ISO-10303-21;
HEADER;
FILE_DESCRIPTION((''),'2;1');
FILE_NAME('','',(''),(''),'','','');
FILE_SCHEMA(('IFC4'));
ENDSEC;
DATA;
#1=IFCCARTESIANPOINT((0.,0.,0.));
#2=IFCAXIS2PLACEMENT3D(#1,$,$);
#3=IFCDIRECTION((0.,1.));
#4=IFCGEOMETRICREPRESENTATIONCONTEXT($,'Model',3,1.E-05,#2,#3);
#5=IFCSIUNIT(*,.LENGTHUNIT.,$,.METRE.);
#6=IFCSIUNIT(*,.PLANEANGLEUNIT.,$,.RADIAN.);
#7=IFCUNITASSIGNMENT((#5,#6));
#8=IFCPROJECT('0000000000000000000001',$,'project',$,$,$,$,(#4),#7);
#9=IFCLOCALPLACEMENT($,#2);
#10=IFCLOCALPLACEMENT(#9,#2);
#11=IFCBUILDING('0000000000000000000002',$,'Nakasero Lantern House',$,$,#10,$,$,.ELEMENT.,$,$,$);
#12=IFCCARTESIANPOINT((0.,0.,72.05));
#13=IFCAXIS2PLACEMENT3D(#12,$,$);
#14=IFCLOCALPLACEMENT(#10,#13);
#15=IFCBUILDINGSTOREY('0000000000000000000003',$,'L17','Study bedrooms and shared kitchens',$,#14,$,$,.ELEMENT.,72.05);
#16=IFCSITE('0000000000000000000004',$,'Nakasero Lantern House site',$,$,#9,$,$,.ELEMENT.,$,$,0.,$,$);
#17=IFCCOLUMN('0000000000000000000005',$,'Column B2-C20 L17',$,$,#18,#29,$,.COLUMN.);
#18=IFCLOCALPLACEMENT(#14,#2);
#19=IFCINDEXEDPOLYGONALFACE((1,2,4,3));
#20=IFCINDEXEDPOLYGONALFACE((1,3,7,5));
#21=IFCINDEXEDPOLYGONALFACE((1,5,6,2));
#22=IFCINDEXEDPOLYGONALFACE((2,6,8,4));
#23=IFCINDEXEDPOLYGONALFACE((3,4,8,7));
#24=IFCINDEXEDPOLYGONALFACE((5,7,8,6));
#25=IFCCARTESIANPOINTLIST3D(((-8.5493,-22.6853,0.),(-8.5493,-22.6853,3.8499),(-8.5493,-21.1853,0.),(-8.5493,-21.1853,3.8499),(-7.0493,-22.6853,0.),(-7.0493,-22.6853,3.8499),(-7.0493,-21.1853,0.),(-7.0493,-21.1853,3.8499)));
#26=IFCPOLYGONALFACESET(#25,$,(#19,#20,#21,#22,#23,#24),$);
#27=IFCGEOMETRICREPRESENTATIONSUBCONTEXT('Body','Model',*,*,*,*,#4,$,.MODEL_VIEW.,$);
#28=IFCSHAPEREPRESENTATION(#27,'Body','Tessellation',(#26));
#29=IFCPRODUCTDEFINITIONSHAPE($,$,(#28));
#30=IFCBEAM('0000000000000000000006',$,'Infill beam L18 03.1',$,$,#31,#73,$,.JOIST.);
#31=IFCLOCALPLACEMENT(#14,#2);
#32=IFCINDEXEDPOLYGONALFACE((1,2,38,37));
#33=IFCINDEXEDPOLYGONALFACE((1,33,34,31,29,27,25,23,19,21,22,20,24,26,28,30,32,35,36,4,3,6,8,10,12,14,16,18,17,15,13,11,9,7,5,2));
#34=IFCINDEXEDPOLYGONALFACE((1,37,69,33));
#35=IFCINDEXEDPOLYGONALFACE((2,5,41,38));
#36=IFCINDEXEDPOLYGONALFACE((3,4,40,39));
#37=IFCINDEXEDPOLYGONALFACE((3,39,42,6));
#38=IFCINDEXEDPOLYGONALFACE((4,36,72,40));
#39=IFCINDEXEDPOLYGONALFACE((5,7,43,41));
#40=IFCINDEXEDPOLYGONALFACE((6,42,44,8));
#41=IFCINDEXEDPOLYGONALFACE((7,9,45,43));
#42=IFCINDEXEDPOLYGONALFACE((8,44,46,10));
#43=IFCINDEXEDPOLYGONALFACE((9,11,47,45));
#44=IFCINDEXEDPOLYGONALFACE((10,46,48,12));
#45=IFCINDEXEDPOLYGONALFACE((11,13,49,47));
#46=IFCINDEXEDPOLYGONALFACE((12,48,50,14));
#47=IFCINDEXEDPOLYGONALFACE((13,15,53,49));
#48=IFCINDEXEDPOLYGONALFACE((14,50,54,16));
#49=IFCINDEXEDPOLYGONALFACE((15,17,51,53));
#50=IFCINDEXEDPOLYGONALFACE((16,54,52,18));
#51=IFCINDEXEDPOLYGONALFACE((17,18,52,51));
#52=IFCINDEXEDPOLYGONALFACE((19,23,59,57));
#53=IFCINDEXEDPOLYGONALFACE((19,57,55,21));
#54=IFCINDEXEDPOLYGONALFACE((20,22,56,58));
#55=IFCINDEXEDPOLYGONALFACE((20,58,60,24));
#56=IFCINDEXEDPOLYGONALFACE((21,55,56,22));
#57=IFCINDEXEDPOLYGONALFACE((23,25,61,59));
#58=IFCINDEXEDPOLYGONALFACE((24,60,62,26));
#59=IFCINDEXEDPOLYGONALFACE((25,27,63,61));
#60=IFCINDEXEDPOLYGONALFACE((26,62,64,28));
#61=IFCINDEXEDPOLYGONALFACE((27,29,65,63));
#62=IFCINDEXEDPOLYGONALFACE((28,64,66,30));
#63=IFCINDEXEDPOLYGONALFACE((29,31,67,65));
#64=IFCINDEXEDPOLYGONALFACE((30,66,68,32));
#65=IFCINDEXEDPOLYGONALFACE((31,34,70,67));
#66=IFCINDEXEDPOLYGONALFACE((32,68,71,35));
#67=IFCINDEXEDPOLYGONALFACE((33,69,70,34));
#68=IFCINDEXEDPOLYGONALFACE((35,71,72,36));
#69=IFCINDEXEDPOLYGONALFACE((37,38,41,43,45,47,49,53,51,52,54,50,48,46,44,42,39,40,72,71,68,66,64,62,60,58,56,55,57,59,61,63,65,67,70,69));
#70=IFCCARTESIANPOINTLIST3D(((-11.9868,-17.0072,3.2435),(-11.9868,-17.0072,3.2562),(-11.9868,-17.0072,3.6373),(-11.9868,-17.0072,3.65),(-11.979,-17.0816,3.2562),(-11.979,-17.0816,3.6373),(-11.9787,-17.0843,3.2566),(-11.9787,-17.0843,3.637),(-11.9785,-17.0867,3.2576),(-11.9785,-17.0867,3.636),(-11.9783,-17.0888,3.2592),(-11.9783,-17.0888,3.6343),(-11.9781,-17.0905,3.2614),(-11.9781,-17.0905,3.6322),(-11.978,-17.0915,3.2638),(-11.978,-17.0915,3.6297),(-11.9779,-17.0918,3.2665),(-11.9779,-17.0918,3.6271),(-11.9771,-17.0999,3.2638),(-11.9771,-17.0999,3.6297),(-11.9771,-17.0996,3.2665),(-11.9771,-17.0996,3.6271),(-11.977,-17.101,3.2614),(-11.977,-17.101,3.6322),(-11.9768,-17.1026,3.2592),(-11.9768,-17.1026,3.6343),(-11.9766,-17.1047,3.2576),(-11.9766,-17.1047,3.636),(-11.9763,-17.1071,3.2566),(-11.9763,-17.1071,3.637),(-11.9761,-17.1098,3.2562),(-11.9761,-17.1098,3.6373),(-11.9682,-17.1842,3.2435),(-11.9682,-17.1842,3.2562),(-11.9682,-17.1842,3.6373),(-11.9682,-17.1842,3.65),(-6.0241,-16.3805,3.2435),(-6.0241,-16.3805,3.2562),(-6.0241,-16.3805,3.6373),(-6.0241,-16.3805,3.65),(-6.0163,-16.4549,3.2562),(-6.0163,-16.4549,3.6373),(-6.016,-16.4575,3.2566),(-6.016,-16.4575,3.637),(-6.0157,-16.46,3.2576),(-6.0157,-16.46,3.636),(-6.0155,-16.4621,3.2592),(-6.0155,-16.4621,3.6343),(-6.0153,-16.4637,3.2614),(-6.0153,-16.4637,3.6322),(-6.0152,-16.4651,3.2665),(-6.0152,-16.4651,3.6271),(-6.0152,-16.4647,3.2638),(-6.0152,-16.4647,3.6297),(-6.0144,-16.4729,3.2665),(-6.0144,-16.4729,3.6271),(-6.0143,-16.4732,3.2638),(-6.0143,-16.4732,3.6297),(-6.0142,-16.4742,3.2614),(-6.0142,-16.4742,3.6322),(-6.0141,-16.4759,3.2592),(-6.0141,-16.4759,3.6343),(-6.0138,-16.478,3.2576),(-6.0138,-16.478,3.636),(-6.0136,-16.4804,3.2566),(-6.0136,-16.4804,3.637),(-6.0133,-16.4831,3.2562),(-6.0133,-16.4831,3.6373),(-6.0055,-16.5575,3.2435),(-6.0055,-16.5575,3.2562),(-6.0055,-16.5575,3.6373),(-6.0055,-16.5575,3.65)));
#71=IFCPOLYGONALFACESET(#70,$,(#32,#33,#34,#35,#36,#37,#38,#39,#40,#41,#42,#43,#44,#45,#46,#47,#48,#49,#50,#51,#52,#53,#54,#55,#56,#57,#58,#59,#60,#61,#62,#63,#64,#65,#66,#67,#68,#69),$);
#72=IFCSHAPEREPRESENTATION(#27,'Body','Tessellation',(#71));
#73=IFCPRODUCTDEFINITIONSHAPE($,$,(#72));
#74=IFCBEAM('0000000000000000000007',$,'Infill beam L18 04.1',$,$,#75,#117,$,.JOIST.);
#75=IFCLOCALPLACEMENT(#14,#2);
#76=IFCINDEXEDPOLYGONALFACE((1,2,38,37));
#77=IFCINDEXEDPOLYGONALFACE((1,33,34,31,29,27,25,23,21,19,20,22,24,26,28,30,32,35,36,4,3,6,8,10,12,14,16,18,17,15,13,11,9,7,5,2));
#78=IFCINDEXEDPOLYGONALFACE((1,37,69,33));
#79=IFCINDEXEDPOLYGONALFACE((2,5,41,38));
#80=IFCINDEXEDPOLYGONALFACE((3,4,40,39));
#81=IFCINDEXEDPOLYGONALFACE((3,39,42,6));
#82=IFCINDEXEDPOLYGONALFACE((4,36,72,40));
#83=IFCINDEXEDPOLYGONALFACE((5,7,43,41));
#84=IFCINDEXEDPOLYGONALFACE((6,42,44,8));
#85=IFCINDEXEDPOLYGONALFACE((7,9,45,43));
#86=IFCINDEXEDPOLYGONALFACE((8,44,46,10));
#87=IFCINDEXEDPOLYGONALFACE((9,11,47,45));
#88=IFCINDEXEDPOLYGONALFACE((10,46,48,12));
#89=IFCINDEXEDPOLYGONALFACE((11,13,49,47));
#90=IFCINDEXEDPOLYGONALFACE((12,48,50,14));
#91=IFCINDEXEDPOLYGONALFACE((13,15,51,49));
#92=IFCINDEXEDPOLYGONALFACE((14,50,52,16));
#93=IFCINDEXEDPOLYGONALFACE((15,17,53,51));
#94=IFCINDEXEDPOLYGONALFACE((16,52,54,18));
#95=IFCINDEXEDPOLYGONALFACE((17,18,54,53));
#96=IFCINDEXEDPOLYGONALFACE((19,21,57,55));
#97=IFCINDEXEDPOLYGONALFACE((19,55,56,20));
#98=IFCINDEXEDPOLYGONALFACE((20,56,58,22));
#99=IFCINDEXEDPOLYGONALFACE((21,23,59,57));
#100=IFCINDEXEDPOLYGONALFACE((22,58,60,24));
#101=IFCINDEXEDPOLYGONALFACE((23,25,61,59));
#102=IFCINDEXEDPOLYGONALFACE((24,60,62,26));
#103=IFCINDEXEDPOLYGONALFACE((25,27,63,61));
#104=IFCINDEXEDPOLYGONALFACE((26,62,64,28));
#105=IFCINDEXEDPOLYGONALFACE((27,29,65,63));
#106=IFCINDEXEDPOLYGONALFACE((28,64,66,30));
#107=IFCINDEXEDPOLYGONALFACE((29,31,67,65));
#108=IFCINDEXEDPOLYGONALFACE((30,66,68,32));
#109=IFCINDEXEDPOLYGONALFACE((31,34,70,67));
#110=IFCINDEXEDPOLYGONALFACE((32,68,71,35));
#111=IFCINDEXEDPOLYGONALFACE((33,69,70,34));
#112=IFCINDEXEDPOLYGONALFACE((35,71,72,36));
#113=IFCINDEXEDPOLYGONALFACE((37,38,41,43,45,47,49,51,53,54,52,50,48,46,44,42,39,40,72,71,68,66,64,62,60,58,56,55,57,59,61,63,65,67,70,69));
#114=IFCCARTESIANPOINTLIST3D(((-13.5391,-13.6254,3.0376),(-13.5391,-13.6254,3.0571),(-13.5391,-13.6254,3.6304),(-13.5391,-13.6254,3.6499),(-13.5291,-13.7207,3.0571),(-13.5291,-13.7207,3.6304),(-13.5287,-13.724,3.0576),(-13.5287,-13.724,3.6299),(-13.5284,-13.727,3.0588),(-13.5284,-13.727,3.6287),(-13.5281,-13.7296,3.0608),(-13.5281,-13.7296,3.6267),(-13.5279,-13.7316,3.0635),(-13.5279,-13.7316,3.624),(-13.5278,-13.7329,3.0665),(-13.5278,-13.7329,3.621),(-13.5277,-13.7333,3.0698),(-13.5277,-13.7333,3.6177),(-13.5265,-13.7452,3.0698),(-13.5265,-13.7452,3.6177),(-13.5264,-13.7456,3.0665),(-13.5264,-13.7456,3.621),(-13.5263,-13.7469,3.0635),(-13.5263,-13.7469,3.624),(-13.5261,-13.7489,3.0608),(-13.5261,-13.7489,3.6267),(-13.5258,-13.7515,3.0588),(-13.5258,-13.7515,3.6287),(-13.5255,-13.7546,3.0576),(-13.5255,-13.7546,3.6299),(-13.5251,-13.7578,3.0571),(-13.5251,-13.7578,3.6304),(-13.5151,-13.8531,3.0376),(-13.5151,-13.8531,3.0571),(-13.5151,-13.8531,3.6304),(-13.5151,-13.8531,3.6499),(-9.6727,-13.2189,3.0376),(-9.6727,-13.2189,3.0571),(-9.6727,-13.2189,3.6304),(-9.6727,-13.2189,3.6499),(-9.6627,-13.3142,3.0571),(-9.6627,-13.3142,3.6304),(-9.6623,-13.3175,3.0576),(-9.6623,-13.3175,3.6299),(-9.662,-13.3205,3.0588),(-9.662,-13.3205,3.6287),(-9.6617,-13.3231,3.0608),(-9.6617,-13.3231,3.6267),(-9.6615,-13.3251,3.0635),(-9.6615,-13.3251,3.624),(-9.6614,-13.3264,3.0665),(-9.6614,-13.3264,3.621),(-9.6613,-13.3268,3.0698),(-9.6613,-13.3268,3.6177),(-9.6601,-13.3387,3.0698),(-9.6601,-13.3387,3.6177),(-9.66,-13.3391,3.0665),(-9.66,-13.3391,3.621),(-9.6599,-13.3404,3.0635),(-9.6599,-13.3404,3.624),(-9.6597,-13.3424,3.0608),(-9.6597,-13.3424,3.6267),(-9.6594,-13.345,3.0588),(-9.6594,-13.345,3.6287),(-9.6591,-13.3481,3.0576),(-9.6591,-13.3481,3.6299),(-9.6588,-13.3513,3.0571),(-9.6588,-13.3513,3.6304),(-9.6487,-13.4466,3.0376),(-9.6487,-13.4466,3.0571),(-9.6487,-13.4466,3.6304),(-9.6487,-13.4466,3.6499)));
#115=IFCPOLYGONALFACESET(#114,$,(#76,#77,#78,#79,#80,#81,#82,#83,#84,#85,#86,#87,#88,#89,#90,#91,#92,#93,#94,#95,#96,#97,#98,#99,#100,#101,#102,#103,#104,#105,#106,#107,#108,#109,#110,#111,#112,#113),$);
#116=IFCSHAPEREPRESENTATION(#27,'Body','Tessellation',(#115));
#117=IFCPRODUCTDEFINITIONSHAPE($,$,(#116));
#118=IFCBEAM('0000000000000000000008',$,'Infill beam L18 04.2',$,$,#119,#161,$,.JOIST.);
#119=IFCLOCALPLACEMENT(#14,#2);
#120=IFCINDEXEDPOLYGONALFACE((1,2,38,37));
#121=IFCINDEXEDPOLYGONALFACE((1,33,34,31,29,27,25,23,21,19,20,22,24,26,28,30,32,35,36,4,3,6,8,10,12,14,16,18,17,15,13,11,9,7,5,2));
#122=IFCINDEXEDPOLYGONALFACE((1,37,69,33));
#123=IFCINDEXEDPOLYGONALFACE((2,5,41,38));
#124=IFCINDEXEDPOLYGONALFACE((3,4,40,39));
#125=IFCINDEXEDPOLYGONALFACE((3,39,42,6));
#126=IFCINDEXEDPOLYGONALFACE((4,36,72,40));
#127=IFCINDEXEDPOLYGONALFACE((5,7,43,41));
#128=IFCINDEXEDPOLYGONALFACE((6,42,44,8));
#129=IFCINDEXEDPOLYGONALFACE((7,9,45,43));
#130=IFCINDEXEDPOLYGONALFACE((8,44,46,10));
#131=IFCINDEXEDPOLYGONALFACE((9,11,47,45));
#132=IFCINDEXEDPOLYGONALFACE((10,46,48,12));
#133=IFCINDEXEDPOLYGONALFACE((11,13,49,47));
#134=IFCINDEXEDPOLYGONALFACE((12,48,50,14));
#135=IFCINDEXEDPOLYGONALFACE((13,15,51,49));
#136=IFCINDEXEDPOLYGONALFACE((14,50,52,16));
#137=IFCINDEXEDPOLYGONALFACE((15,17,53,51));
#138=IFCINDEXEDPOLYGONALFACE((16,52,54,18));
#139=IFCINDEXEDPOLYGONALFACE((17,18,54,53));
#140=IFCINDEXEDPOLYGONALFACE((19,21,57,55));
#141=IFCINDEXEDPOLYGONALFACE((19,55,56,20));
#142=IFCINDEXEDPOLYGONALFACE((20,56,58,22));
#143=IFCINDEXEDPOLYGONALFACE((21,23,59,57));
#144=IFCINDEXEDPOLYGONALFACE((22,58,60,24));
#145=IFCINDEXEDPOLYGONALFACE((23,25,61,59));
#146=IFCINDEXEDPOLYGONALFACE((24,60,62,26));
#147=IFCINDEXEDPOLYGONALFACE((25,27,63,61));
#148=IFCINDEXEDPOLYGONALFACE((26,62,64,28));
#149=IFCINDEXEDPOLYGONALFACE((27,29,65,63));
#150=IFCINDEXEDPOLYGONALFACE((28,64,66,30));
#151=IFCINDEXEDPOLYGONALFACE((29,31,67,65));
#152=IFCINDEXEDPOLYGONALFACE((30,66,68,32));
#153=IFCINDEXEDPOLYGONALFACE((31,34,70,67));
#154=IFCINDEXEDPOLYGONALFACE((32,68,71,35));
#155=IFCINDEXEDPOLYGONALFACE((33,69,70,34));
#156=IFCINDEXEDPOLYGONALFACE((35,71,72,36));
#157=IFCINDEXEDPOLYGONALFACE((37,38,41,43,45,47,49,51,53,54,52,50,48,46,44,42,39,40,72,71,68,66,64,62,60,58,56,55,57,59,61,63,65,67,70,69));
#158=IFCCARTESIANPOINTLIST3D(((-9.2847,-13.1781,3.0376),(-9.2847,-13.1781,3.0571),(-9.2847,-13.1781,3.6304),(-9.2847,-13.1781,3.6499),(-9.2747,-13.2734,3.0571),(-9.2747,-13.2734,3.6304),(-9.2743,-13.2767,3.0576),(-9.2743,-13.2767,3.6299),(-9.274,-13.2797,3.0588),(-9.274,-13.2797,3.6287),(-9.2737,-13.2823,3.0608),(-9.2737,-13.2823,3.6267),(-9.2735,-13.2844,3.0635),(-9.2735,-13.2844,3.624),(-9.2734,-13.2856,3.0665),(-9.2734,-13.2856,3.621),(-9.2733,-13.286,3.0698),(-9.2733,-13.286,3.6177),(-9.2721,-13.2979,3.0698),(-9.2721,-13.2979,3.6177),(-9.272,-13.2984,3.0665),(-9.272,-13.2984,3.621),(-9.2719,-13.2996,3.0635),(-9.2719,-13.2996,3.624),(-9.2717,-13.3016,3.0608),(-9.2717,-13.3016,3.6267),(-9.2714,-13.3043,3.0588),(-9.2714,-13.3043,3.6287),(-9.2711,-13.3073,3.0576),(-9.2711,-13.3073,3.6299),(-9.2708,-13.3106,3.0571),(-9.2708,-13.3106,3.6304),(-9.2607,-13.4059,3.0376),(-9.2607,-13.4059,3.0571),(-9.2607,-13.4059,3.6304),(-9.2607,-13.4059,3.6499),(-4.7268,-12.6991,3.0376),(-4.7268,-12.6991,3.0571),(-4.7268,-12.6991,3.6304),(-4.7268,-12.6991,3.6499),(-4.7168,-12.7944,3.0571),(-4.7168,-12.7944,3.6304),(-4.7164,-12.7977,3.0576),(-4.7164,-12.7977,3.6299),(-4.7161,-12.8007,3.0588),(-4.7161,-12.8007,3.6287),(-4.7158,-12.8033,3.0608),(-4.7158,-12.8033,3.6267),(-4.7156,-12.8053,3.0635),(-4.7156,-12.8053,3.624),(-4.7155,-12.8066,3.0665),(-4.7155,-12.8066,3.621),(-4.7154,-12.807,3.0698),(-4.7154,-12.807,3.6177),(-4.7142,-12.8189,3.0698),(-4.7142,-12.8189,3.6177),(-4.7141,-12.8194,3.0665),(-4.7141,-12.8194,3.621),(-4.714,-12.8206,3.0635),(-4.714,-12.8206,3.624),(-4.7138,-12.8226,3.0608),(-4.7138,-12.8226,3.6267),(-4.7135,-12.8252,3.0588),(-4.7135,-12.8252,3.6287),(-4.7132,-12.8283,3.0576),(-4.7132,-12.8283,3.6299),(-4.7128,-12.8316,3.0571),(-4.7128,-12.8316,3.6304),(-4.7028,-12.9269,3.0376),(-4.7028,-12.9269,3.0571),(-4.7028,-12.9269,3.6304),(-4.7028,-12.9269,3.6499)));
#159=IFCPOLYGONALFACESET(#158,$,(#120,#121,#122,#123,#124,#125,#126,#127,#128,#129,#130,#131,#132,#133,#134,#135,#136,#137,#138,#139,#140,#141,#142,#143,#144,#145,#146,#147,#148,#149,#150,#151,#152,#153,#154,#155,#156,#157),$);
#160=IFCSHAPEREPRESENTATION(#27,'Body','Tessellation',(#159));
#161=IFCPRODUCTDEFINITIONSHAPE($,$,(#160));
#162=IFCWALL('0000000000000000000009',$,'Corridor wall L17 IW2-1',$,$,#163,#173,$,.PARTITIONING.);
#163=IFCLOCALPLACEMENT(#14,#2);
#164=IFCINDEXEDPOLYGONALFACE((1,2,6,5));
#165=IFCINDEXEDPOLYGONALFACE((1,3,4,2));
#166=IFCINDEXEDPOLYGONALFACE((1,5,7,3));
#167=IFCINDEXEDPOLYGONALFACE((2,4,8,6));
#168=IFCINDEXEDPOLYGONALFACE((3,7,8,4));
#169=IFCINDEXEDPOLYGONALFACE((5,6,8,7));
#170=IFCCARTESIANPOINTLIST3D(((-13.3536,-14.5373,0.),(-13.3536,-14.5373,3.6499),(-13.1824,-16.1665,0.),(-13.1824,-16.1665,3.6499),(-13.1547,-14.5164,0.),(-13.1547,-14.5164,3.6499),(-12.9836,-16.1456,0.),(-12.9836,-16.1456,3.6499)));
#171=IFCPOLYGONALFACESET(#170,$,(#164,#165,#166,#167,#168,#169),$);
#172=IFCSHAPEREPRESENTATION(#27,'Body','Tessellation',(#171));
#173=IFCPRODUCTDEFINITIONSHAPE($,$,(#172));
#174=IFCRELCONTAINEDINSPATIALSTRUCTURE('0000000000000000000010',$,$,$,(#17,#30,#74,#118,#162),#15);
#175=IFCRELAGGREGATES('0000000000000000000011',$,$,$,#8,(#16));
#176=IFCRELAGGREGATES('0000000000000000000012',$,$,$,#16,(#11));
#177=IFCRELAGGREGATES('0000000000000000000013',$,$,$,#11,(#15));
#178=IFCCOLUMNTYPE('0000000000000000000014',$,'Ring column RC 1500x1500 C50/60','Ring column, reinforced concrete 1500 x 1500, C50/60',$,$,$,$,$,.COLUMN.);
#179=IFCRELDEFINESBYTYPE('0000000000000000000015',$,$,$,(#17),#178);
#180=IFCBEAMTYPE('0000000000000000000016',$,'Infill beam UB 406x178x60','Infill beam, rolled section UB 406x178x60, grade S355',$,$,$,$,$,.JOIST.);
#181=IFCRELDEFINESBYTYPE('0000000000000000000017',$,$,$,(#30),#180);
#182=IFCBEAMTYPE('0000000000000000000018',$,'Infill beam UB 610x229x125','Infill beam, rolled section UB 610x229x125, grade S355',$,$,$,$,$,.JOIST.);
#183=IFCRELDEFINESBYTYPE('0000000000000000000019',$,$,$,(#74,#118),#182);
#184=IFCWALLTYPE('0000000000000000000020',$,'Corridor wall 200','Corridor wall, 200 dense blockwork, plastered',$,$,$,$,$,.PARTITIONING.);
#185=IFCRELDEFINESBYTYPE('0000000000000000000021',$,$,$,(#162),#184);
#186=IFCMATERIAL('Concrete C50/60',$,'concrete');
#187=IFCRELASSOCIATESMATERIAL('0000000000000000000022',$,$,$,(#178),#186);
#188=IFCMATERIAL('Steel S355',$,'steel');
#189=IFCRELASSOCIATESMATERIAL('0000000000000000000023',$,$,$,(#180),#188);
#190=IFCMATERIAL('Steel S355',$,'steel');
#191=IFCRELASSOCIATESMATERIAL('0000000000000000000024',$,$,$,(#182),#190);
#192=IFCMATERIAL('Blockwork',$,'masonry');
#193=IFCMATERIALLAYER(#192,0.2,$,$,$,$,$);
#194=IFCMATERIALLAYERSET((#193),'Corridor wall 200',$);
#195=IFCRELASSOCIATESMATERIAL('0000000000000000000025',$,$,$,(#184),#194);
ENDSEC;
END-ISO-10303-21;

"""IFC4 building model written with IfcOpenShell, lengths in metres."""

from ifc_helpers import new_model, si_unit, direction, frame, frame_2d, origin, origin_2d, place, context, subcontext, project, spatial, rectangle, i_section, extrude, material, layer, layer_set, material_profile, profile_set, type_object, element, save


model = new_model("IFC4")

# Units and contexts
model_context = context("Model", 3, precision=1e-05, world=origin(), true_north=direction((0.0, 1.0)))
body_context = subcontext(model_context, "Body", "Model", "MODEL_VIEW")
ifc_project = project(units=[si_unit("LENGTHUNIT", "METRE"), si_unit("PLANEANGLEUNIT", "RADIAN")], contexts=[model_context])

# Site, building, storey
site_placement = place(None, origin())
site = spatial("IfcSite", under=ifc_project, at=site_placement, Name="Nakasero Lantern House site", CompositionType="ELEMENT", RefElevation=0.0)
building_placement = place(site_placement, origin())
building = spatial("IfcBuilding", under=site, at=building_placement, Name="Nakasero Lantern House", CompositionType="ELEMENT")
storey_placement = place(building_placement, frame((0.0, 0.0, 72.05)))
storey = spatial("IfcBuildingStorey", under=building, at=storey_placement, Name="L17", Description="Study bedrooms and shared kitchens", CompositionType="ELEMENT", Elevation=72.05)

# Column
ifc_material_1 = material(Name="Concrete C50/60", Category="concrete")
ifc_material_profile_1 = material_profile(ifc_material_1, rectangle(XDim=1.5, YDim=1.5, at=origin_2d()), Name="RC 1500x1500")
ifc_profile_set_1 = profile_set([ifc_material_profile_1], Name="Concrete C50/60")
column_type = type_object("IfcColumnType", Name="Ring column RC 1500x1500 C50/60", Description="Ring column, reinforced concrete 1500 x 1500, C50/60", PredefinedType="COLUMN", material=ifc_profile_set_1)
column_placement = place(storey_placement, frame((-7.7993, -21.9353, 0.0), z_axis=(0.0, 0.0, 1.0), x_axis=(1.0, 0.0, 0.0)))
element("IfcColumn", 1, at=column_placement, inside=storey, type_object=column_type, Name="Column B2-C20 L17", PredefinedType="COLUMN", context=body_context, shape_type="SweptSolid", body=[
    extrude(rectangle(XDim=1.5, YDim=1.5, at=origin_2d()), origin(), (0.0, 0.0, 1.0), 3.8499),
])

# Beams
ifc_material_2 = material(Name="Steel S355", Category="steel")
ifc_material_profile_2 = material_profile(ifc_material_2, i_section(OverallWidth=0.178, OverallDepth=0.4065, WebThickness=0.0078, FlangeThickness=0.0127, FilletRadius=0.0103, at=origin_2d()), Name="UB 406x178x60")
ifc_profile_set_2 = profile_set([ifc_material_profile_2], Name="Steel S355")
beam_type_1 = type_object("IfcBeamType", Name="Infill beam UB 406x178x60", Description="Infill beam, rolled section UB 406x178x60, grade S355", PredefinedType="JOIST", material=ifc_profile_set_2)
beam_1_placement = place(storey_placement, frame((-11.9775, -17.0957, 3.4468), z_axis=(0.994522, 0.10453, 0.0), x_axis=(-0.10453, 0.994522, 0.0)))
element("IfcBeam", 2, at=beam_1_placement, inside=storey, type_object=beam_type_1, Name="Infill beam L18 03.1", PredefinedType="JOIST", context=body_context, shape_type="SweptSolid", body=[
    extrude(i_section(OverallWidth=0.178, OverallDepth=0.4065, WebThickness=0.0078, FlangeThickness=0.0127, FilletRadius=0.0103, at=origin_2d()), origin(), (0.0, 0.0, 1.0), 5.9956),
])
ifc_material_3 = material(Name="Steel S355", Category="steel")
ifc_material_profile_3 = material_profile(ifc_material_3, i_section(OverallWidth=0.229, OverallDepth=0.6123, WebThickness=0.012, FlangeThickness=0.0195, FilletRadius=0.0127, at=origin_2d()), Name="UB 610x229x125")
ifc_profile_set_3 = profile_set([ifc_material_profile_3], Name="Steel S355")
beam_type_2 = type_object("IfcBeamType", Name="Infill beam UB 610x229x125", Description="Infill beam, rolled section UB 610x229x125, grade S355", PredefinedType="JOIST", material=ifc_profile_set_3)
beam_2_placement = place(storey_placement, frame((-13.5271, -13.7393, 3.3438), z_axis=(0.994519, 0.104557, 0.0), x_axis=(-0.104557, 0.994519, 0.0)))
element("IfcBeam", 3, at=beam_2_placement, inside=storey, type_object=beam_type_2, Name="Infill beam L18 04.1", PredefinedType="JOIST", context=body_context, shape_type="SweptSolid", body=[
    extrude(i_section(OverallWidth=0.229, OverallDepth=0.6123, WebThickness=0.012, FlangeThickness=0.0195, FilletRadius=0.0127, at=origin_2d()), origin(), (0.0, 0.0, 1.0), 3.8877),
])
beam_3_placement = place(storey_placement, frame((-9.2727, -13.292, 3.3438), z_axis=(0.994523, 0.104518, 0.0), x_axis=(-0.104518, 0.994523, 0.0)))
element("IfcBeam", 4, at=beam_3_placement, inside=storey, type_object=beam_type_2, Name="Infill beam L18 04.2", PredefinedType="JOIST", context=body_context, shape_type="SweptSolid", body=[
    extrude(i_section(OverallWidth=0.229, OverallDepth=0.6123, WebThickness=0.012, FlangeThickness=0.0195, FilletRadius=0.0127, at=origin_2d()), origin(), (0.0, 0.0, 1.0), 4.583),
])

# Wall
ifc_material_4 = material(Name="Blockwork", Category="masonry")
ifc_layer_1 = layer(ifc_material_4, 0.2)
ifc_layer_set_1 = layer_set([ifc_layer_1], Name="Corridor wall 200")
wall_type_1 = type_object("IfcWallType", Name="Corridor wall 200", Description="Corridor wall, 200 dense blockwork, plastered", PredefinedType="PARTITIONING", material=ifc_layer_set_1)
wall_1_placement = place(storey_placement, frame((-13.2542, -14.5269, 0.0), z_axis=(0.0, 0.0, 1.0), x_axis=(0.104475, -0.994527, 0.0)))
element("IfcWall", 5, at=wall_1_placement, inside=storey, type_object=wall_type_1, Name="Corridor wall L17 IW2-1", PredefinedType="PARTITIONING", context=body_context, shape_type="SweptSolid", body=[
    extrude(rectangle(XDim=1.6382, YDim=0.2, at=frame_2d((0.8191, 0.0))), origin(), (0.0, 0.0, 1.0), 3.6499),
])

save(model, "model.ifc")
